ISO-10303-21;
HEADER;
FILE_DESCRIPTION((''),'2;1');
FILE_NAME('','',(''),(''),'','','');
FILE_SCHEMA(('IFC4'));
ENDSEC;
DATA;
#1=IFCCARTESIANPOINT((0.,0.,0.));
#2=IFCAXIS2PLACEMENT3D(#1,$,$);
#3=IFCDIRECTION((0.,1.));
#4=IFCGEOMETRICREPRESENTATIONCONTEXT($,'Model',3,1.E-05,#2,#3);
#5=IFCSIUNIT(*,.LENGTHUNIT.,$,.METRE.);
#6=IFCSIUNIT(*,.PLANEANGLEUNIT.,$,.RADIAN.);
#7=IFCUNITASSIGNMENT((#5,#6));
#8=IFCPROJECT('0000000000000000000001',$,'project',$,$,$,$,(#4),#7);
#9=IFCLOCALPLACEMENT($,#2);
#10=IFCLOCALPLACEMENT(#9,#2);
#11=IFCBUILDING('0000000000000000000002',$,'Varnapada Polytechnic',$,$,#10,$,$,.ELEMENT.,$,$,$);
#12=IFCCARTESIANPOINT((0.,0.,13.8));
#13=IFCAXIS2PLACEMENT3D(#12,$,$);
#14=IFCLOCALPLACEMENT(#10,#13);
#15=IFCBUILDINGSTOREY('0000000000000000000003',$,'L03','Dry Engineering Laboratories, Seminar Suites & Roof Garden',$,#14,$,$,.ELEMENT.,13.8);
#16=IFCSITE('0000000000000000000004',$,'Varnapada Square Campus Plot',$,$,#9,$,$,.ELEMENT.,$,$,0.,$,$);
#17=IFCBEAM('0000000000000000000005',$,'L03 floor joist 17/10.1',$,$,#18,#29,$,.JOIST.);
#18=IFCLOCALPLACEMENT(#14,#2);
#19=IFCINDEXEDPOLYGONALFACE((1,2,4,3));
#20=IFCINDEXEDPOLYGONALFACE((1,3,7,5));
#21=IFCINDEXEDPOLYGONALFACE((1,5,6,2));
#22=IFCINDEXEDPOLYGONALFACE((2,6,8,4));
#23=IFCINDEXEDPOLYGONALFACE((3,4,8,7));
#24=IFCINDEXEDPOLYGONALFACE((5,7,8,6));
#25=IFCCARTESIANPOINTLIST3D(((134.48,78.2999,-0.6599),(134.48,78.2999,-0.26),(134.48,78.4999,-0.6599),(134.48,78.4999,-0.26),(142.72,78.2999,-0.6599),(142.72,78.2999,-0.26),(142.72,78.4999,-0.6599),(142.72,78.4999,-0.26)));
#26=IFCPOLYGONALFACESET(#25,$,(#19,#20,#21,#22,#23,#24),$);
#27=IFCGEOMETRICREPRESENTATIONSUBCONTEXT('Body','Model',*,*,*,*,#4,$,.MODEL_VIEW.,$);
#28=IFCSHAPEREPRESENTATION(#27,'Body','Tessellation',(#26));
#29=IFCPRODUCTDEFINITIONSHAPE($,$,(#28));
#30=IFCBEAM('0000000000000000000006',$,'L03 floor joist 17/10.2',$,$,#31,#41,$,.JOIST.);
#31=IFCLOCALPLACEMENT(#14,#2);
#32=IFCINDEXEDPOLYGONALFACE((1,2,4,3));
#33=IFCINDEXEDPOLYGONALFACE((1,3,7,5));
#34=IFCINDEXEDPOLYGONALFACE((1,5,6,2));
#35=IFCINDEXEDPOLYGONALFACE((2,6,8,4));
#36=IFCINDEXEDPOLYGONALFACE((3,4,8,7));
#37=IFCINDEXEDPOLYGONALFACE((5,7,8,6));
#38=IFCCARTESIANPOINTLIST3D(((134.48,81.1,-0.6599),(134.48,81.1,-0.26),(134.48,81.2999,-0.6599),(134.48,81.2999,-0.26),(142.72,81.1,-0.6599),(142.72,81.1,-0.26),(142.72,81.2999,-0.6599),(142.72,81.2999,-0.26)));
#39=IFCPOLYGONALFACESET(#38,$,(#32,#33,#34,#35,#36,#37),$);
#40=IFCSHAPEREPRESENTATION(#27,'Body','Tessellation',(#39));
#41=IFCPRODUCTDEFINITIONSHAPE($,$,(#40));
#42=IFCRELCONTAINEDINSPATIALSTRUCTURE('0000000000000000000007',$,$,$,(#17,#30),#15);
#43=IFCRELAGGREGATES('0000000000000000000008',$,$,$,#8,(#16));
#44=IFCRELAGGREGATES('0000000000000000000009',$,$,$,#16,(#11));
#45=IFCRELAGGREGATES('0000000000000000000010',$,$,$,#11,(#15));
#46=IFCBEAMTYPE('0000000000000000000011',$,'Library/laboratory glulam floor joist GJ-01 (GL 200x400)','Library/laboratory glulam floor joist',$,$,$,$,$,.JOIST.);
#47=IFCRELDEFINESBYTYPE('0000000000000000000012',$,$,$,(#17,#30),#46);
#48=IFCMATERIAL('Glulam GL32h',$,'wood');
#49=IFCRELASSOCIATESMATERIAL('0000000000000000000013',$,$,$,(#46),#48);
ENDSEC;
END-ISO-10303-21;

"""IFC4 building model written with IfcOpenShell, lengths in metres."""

from ifc_helpers import new_model, si_unit, direction, frame, origin, origin_2d, place, context, subcontext, project, spatial, rectangle, extrude, material, material_profile, profile_set, type_object, element, save


model = new_model("IFC4")

# Units and contexts
model_context = context("Model", 3, precision=1e-05, world=origin(), true_north=direction((0.0, 1.0)))
body_context = subcontext(model_context, "Body", "Model", "MODEL_VIEW")
ifc_project = project(units=[si_unit("LENGTHUNIT", "METRE"), si_unit("PLANEANGLEUNIT", "RADIAN")], contexts=[model_context])

# Site, building, storey
site_placement = place(None, origin())
site = spatial("IfcSite", under=ifc_project, at=site_placement, Name="Varnapada Square Campus Plot", CompositionType="ELEMENT", RefElevation=0.0)
building_placement = place(site_placement, origin())
building = spatial("IfcBuilding", under=site, at=building_placement, Name="Varnapada Polytechnic", CompositionType="ELEMENT")
storey_placement = place(building_placement, frame((0.0, 0.0, 13.8)))
storey = spatial("IfcBuildingStorey", under=building, at=storey_placement, Name="L03", Description="Dry Engineering Laboratories, Seminar Suites & Roof Garden", CompositionType="ELEMENT", Elevation=13.8)

# Beams
ifc_material_1 = material(Name="Glulam GL32h", Category="wood")
ifc_material_profile = material_profile(ifc_material_1, rectangle(XDim=0.2, YDim=0.3999, at=origin_2d()), Name="GL 200x400")
ifc_profile_set = profile_set([ifc_material_profile], Name="Glulam GL32h")
beam_type = type_object("IfcBeamType", Name="Library/laboratory glulam floor joist GJ-01 (GL 200x400)", Description="Library/laboratory glulam floor joist", PredefinedType="JOIST", material=ifc_profile_set)
for number, where, z_axis, x_axis, name in (
    (1, (134.48, 78.3999, -0.46), (1.0, 0.0, 0.0), (0.0, 1.0, 0.0), "L03 floor joist 17/10.1"),
    (2, (134.48, 81.2, -0.46), (1.0, 0.0, 0.0), (0.0, 1.0, 0.0), "L03 floor joist 17/10.2"),
):
    element("IfcBeam", number, at=place(storey_placement, frame(where, z_axis=z_axis, x_axis=x_axis)), inside=storey, type_object=beam_type, Name=name, PredefinedType="JOIST", context=body_context, shape_type="SweptSolid", body=[
        extrude(rectangle(XDim=0.2, YDim=0.3999, at=origin_2d()), origin(), (0.0, 0.0, 1.0), 8.24),
    ])

save(model, "model.ifc")
